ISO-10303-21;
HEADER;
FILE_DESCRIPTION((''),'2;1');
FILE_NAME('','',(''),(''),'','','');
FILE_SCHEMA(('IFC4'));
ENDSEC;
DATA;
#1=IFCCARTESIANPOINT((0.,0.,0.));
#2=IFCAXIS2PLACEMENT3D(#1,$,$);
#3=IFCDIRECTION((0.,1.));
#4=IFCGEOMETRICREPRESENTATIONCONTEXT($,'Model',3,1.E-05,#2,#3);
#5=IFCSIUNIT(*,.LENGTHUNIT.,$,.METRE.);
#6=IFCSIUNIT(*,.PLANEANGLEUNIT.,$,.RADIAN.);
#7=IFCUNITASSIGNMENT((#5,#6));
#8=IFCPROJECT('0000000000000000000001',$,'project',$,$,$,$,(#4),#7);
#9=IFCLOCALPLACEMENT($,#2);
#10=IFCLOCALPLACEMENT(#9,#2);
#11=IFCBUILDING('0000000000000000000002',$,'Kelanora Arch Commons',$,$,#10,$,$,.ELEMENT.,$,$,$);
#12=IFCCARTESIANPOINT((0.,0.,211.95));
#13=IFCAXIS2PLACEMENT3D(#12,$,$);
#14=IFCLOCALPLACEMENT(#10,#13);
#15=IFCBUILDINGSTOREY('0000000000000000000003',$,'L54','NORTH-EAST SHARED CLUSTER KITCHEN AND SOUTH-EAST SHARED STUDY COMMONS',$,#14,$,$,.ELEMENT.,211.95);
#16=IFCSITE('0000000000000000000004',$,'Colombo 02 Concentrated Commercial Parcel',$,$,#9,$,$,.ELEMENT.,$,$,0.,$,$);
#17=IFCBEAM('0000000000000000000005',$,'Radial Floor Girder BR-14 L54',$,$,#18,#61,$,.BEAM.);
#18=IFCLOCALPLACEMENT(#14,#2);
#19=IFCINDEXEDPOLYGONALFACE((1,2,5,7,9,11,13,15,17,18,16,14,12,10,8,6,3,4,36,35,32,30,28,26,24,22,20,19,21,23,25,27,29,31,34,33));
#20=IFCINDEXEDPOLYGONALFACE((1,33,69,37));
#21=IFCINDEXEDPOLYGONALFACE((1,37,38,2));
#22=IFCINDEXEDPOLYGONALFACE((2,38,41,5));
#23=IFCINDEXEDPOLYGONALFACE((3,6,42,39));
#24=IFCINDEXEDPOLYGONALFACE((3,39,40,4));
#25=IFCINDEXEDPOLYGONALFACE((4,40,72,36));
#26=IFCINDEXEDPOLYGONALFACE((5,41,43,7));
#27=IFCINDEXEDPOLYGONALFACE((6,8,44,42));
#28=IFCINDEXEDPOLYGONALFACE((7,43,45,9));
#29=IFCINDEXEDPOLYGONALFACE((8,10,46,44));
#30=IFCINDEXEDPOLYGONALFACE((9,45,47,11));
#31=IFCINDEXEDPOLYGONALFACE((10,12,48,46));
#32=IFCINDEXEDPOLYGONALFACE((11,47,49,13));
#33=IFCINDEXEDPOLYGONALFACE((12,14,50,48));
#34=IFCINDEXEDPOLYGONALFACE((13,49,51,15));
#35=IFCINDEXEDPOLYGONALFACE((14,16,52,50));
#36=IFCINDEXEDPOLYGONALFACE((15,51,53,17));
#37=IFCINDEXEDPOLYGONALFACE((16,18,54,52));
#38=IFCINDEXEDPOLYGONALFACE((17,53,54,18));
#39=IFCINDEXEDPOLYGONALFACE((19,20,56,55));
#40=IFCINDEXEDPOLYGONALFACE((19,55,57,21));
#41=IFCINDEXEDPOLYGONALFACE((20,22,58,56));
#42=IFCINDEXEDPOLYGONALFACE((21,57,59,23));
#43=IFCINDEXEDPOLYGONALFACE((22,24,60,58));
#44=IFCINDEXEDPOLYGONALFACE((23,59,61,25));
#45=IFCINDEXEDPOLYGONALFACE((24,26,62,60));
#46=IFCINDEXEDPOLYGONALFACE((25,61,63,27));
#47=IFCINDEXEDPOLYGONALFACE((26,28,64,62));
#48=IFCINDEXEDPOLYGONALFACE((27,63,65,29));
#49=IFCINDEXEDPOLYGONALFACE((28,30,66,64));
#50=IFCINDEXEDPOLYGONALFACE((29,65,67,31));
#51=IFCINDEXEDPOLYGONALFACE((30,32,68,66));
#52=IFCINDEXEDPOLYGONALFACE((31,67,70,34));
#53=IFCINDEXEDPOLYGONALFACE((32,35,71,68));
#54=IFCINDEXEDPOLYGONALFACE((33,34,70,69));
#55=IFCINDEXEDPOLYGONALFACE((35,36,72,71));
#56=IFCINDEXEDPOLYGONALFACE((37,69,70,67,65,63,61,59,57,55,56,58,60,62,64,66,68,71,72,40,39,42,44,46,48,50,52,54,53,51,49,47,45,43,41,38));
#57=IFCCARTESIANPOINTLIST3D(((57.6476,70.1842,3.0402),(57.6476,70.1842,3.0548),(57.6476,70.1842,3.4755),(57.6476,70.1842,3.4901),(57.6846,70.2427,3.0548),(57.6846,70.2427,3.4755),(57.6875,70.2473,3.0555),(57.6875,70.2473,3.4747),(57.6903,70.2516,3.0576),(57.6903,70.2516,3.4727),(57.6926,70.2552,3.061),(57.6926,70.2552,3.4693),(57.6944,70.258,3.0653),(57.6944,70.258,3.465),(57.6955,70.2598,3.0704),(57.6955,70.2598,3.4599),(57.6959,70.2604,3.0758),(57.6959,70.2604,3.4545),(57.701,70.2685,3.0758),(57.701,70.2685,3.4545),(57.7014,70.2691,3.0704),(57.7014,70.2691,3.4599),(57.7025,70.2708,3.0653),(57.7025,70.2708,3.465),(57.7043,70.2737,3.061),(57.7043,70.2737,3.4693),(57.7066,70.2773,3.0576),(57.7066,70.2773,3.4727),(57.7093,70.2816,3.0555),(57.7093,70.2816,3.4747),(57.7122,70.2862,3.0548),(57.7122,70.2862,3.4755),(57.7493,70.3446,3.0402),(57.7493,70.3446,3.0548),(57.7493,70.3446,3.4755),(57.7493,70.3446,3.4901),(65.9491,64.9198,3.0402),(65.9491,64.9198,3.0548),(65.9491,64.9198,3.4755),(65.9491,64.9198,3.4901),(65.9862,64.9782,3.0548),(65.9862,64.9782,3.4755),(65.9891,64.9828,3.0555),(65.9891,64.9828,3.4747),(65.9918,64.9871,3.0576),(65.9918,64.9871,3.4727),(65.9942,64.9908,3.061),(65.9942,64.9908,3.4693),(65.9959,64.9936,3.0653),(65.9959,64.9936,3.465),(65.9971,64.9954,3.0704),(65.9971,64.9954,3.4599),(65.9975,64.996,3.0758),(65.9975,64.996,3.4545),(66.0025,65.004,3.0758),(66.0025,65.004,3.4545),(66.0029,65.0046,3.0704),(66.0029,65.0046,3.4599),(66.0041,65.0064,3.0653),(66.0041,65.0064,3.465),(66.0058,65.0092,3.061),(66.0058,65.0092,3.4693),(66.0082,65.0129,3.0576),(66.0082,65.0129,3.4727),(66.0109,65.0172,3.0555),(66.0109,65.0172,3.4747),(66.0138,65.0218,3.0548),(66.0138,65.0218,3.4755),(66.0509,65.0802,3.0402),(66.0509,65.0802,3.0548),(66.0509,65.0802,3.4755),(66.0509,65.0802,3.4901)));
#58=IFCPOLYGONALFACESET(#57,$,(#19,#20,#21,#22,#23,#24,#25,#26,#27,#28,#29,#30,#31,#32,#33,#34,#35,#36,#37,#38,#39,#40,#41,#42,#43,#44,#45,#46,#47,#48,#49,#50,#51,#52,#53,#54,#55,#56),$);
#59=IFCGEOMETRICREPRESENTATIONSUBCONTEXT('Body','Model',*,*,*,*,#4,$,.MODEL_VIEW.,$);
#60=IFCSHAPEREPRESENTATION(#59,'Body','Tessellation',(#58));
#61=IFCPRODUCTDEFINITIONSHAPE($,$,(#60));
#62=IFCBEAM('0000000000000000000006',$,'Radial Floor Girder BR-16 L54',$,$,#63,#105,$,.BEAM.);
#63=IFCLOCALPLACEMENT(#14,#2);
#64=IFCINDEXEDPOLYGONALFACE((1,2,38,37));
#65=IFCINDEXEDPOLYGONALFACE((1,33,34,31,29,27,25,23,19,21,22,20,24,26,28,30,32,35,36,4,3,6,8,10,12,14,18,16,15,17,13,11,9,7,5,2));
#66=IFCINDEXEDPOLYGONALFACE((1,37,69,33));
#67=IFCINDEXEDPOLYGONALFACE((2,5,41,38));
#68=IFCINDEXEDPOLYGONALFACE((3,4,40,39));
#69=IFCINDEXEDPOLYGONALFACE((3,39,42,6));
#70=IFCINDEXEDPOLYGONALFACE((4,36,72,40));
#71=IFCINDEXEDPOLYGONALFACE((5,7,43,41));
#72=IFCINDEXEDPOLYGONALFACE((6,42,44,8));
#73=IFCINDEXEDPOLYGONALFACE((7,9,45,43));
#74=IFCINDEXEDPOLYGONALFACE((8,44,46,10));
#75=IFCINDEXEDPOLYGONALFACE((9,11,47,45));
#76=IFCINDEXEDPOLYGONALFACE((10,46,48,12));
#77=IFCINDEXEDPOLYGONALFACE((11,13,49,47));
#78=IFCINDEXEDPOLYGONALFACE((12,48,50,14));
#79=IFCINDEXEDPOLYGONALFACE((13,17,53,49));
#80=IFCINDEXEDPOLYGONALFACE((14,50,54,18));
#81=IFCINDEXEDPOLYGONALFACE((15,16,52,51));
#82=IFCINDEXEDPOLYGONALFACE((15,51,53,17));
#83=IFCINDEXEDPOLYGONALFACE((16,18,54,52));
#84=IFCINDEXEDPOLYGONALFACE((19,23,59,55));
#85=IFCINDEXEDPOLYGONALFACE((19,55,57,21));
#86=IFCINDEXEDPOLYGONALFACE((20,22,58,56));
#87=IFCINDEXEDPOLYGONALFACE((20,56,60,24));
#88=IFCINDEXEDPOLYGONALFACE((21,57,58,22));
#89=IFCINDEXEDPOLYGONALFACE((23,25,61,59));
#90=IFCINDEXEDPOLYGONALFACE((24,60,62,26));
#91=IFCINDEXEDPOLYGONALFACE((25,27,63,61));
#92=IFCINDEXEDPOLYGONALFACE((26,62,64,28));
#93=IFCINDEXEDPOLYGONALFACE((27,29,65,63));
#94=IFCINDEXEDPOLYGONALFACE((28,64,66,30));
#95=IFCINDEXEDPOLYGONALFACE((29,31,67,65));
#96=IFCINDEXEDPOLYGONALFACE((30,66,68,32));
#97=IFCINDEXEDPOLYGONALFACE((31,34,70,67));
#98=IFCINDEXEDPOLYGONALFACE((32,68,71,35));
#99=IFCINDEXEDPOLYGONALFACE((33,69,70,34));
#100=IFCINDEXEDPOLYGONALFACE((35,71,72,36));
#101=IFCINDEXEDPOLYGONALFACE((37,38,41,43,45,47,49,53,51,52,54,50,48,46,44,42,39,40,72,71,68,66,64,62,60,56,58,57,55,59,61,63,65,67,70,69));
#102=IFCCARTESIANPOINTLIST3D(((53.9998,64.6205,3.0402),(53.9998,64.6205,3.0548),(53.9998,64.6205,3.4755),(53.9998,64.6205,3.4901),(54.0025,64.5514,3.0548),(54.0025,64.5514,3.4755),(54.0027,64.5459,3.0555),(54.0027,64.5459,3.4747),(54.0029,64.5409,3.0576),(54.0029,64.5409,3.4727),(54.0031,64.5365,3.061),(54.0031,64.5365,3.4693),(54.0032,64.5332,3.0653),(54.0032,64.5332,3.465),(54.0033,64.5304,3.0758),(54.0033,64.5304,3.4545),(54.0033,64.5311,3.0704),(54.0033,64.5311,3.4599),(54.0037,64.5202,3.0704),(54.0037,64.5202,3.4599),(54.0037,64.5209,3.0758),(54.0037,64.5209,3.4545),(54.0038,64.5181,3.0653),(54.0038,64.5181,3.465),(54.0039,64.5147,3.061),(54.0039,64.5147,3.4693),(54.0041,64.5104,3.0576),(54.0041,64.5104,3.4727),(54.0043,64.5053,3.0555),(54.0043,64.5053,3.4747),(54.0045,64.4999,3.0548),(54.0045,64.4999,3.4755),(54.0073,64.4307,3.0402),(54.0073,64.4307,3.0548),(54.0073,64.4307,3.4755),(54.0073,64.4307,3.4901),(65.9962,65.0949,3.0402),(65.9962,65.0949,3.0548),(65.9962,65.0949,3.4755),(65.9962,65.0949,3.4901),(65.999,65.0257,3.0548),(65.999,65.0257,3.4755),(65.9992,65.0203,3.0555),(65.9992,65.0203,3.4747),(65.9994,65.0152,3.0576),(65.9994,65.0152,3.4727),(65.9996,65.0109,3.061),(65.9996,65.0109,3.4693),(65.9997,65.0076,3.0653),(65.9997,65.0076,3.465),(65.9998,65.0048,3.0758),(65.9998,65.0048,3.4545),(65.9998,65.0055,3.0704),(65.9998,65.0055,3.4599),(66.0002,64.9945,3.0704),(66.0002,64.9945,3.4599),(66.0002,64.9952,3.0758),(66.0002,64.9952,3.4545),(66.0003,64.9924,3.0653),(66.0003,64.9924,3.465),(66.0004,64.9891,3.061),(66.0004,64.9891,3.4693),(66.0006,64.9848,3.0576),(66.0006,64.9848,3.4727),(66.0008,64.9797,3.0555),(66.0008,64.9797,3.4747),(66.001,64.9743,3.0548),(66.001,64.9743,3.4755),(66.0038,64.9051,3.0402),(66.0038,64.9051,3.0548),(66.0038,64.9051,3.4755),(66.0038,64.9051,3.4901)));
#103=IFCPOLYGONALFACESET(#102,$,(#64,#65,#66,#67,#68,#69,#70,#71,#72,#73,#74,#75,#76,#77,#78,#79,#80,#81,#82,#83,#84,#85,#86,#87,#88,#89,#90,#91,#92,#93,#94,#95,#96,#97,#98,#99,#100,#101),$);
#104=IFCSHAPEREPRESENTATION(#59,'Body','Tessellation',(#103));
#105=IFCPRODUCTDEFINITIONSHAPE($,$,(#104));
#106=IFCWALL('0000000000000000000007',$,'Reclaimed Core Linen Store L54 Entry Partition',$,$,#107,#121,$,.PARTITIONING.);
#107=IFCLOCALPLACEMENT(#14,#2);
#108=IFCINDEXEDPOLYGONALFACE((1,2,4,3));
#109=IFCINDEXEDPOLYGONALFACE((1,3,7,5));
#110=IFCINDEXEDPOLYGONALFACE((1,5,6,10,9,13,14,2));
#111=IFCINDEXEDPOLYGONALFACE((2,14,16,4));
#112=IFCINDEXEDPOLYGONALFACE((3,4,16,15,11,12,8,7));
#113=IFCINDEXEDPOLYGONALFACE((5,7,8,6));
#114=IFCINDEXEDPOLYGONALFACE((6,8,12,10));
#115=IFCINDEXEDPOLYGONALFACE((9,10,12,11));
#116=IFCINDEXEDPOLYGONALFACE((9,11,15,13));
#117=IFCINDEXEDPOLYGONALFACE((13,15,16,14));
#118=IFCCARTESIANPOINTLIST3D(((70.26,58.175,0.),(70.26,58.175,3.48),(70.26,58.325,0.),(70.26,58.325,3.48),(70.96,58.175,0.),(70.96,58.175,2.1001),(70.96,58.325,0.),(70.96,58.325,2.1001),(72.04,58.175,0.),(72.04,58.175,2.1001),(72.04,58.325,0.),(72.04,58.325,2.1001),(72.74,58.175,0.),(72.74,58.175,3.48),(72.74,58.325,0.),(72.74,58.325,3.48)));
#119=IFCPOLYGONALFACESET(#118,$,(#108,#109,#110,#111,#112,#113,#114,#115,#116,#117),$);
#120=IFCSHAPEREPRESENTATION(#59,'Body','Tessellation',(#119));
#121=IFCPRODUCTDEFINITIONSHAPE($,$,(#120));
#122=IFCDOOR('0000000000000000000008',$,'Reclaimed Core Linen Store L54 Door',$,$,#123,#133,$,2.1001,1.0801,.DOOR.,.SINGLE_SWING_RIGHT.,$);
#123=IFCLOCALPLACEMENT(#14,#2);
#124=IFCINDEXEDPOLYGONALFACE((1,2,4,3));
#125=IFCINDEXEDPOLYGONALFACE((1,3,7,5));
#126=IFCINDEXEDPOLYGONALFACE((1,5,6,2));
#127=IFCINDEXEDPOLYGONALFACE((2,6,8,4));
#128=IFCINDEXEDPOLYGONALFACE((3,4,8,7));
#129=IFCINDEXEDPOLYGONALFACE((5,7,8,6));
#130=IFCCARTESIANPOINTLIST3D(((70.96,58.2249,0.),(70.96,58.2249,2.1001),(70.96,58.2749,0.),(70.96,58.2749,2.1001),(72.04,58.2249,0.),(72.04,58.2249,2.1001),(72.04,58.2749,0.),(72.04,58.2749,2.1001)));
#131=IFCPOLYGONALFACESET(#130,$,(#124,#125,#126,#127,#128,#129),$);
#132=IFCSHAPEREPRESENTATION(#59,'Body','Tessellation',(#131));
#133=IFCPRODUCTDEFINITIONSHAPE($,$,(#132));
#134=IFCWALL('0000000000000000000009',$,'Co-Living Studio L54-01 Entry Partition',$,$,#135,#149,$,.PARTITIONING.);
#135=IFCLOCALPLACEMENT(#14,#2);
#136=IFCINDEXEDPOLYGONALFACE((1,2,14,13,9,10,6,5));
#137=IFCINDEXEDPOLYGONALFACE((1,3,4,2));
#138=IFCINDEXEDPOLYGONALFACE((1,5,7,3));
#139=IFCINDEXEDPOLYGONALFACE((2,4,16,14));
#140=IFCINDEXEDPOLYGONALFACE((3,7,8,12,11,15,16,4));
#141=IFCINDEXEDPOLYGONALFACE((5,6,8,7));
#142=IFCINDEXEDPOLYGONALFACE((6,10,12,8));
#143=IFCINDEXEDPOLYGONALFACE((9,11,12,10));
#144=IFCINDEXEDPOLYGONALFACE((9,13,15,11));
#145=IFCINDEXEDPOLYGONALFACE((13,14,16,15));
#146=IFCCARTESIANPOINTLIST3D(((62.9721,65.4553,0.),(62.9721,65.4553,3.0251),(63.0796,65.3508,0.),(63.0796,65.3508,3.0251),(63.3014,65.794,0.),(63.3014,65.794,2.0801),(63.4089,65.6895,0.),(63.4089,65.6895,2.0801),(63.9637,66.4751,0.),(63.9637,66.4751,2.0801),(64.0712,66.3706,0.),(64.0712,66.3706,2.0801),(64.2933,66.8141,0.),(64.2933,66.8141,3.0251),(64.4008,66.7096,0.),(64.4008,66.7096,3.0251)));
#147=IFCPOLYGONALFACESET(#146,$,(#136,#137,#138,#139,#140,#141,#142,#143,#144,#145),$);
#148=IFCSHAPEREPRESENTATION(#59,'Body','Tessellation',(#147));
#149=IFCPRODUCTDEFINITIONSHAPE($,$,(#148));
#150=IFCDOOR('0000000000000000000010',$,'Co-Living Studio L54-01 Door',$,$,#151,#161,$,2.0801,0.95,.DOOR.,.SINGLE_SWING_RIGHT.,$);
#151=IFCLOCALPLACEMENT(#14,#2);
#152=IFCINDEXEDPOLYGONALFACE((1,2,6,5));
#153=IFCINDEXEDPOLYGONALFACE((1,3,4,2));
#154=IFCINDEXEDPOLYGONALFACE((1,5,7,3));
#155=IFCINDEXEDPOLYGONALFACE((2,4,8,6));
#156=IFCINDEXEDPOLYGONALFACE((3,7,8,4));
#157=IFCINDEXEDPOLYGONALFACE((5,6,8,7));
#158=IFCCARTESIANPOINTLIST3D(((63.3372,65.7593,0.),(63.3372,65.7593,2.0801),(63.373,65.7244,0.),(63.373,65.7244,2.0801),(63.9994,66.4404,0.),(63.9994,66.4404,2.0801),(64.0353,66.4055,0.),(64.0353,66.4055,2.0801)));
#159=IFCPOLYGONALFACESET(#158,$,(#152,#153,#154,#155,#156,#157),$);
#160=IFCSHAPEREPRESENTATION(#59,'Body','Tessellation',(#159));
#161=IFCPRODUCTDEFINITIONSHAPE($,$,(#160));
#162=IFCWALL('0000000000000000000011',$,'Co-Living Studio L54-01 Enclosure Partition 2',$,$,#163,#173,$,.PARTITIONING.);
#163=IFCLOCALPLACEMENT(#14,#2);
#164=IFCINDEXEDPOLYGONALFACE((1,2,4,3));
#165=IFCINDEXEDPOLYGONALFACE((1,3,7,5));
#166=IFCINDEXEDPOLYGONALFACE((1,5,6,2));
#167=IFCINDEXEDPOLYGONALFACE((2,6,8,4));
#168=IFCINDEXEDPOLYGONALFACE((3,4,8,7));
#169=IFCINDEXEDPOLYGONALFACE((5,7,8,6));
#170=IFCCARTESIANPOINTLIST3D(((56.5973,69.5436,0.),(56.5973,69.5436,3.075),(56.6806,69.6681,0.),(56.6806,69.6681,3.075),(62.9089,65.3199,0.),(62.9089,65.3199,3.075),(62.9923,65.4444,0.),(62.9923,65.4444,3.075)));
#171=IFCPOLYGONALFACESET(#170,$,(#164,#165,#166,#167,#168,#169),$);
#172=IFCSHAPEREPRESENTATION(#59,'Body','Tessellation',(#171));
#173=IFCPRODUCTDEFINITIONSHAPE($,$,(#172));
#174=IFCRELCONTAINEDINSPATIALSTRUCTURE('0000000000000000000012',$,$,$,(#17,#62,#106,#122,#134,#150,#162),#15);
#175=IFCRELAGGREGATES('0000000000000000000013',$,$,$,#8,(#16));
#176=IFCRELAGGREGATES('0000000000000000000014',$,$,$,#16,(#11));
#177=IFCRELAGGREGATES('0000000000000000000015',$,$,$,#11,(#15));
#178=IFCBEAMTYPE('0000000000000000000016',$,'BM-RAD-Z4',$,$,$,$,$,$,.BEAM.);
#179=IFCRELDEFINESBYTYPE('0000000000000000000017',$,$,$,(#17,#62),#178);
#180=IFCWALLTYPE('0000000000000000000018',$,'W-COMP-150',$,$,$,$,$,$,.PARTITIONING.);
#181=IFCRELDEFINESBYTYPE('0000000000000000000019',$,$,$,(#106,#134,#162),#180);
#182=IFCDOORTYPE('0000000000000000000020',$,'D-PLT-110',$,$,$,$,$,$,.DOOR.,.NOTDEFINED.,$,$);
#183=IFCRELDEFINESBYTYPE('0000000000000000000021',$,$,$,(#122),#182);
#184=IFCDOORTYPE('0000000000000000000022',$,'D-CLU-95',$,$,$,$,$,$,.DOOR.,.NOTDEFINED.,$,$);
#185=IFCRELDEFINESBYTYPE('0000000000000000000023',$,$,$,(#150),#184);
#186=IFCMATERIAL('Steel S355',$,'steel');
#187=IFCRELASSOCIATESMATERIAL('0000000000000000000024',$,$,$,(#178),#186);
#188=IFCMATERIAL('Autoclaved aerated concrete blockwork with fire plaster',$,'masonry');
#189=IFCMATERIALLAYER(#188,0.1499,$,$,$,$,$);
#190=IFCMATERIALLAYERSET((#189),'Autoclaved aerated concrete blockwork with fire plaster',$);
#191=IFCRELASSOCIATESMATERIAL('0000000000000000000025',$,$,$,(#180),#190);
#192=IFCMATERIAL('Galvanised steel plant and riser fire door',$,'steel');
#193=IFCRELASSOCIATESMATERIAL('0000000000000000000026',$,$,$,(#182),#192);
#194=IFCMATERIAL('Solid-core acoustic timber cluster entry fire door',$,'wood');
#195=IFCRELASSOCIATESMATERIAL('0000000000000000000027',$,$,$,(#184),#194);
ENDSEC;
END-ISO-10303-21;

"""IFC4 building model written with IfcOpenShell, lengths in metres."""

from ifc_helpers import new_model, si_unit, direction, frame, frame_2d, origin, origin_2d, place, context, subcontext, project, spatial, rectangle, i_section, extrude, material, layer, layer_set, material_profile, profile_set, type_object, element, fill, save


model = new_model("IFC4")

# Units and contexts
model_context = context("Model", 3, precision=1e-05, world=origin(), true_north=direction((0.0, 1.0)))
body_context = subcontext(model_context, "Body", "Model", "MODEL_VIEW")
ifc_project = project(units=[si_unit("LENGTHUNIT", "METRE"), si_unit("PLANEANGLEUNIT", "RADIAN")], contexts=[model_context])

# Site, building, storey
site_placement = place(None, origin())
site = spatial("IfcSite", under=ifc_project, at=site_placement, Name="Colombo 02 Concentrated Commercial Parcel", CompositionType="ELEMENT", RefElevation=0.0)
building_placement = place(site_placement, origin())
building = spatial("IfcBuilding", under=site, at=building_placement, Name="Kelanora Arch Commons", CompositionType="ELEMENT")
storey_placement = place(building_placement, frame((0.0, 0.0, 211.95)))
storey = spatial("IfcBuildingStorey", under=building, at=storey_placement, Name="L54", Description="NORTH-EAST SHARED CLUSTER KITCHEN AND SOUTH-EAST SHARED STUDY COMMONS", CompositionType="ELEMENT", Elevation=211.95)

# Beams
ifc_material_1 = material(Name="Steel S355", Category="steel")
ifc_material_profile_1 = material_profile(ifc_material_1, i_section(OverallWidth=0.1899, OverallDepth=0.45, WebThickness=0.0095, FlangeThickness=0.0146, FilletRadius=0.021, at=origin_2d()), Name="IPE450")
ifc_profile_set_1 = profile_set([ifc_material_profile_1], Name="Steel S355")
beam_type_1 = type_object("IfcBeamType", Name="BM-RAD-Z4", PredefinedType="BEAM", material=ifc_profile_set_1)
beam_1_placement = place(storey_placement, frame((66.0, 65.0, 3.2651), z_axis=(-0.844507, 0.535544, 0.0), x_axis=(-0.535544, -0.844507, 0.0)))
element("IfcBeam", 1, at=beam_1_placement, inside=storey, type_object=beam_type_1, Name="Radial Floor Girder BR-14 L54", PredefinedType="BEAM", context=body_context, shape_type="SweptSolid", body=[
    extrude(i_section(OverallWidth=0.1899, OverallDepth=0.45, WebThickness=0.0095, FlangeThickness=0.0146, FilletRadius=0.021, at=origin_2d()), origin(), (0.0, 0.0, 1.0), 9.8301),
])
beam_2_placement = place(storey_placement, frame((66.0, 65.0, 3.2651), z_axis=(-0.999219, -0.039511, 0.0), x_axis=(0.039511, -0.999219, 0.0)))
element("IfcBeam", 2, at=beam_2_placement, inside=storey, type_object=beam_type_1, Name="Radial Floor Girder BR-16 L54", PredefinedType="BEAM", context=body_context, shape_type="SweptSolid", body=[
    extrude(i_section(OverallWidth=0.1899, OverallDepth=0.45, WebThickness=0.0095, FlangeThickness=0.0146, FilletRadius=0.021, at=origin_2d()), origin(), (0.0, 0.0, 1.0), 12.0059),
])

# Walls, openings, doors
ifc_material_2 = material(Name="Autoclaved aerated concrete blockwork with fire plaster", Category="masonry")
ifc_layer_1 = layer(ifc_material_2, 0.1499)
ifc_layer_set_1 = layer_set([ifc_layer_1], Name="Autoclaved aerated concrete blockwork with fire plaster")
wall_type_1 = type_object("IfcWallType", Name="W-COMP-150", PredefinedType="PARTITIONING", material=ifc_layer_set_1)
wall_1_placement = place(storey_placement, frame((70.26, 58.25, 0.0), z_axis=(0.0, 0.0, 1.0), x_axis=(1.0, 0.0, 0.0)))
wall_1 = element("IfcWall", 3, at=wall_1_placement, inside=storey, type_object=wall_type_1, Name="Reclaimed Core Linen Store L54 Entry Partition", PredefinedType="PARTITIONING", context=body_context, shape_type="SweptSolid", body=[
    extrude(rectangle(XDim=2.48, YDim=0.1499, at=frame_2d((1.24, 0.0))), origin(), (0.0, 0.0, 1.0), 3.48),
])
opening_1_placement = place(wall_1_placement, frame((0.7, 0.0, 0.0)))
opening_1 = element("IfcOpeningElement", 4, at=opening_1_placement, cuts=wall_1, PredefinedType="OPENING", context=body_context, shape_type="SweptSolid", body=[
    extrude(rectangle(XDim=1.0801, YDim=2.1001, at=frame_2d((0.54, 1.05))), frame((0.0, 0.085, 0.0), z_axis=(0.0, -1.0, 0.0), x_axis=(1.0, 0.0, 0.0)), (0.0, 0.0, 1.0), 0.1699),
])
ifc_material_3 = material(Name="Galvanised steel plant and riser fire door", Category="steel")
door_type_1 = type_object("IfcDoorType", Name="D-PLT-110", OperationType="NOTDEFINED", PredefinedType="DOOR", material=ifc_material_3)
door_1_placement = place(opening_1_placement, origin())
door_1 = element("IfcDoor", 5, at=door_1_placement, inside=storey, type_object=door_type_1, Name="Reclaimed Core Linen Store L54 Door", OperationType="SINGLE_SWING_RIGHT", OverallHeight=2.1001, OverallWidth=1.0801, PredefinedType="DOOR", context=body_context, shape_type="SweptSolid", body=[
    extrude(rectangle(XDim=1.0801, YDim=2.1001, at=frame_2d((0.54, 1.05))), frame((0.0, 0.0249, 0.0), z_axis=(0.0, -1.0, 0.0), x_axis=(1.0, 0.0, 0.0)), (0.0, 0.0, 1.0), 0.05),
])
fill(opening_1, door_1)
wall_2_placement = place(storey_placement, frame((64.3472, 66.762, 0.0), z_axis=(0.0, 0.0, 1.0), x_axis=(-0.697119, -0.716956, 0.0)))
wall_2 = element("IfcWall", 6, at=wall_2_placement, inside=storey, type_object=wall_type_1, Name="Co-Living Studio L54-01 Entry Partition", PredefinedType="PARTITIONING", context=body_context, shape_type="SweptSolid", body=[
    extrude(rectangle(XDim=1.8953, YDim=0.1499, at=frame_2d((0.9478, 0.0))), origin(), (0.0, 0.0, 1.0), 3.0251),
])
opening_2_placement = place(wall_2_placement, frame((0.4729, 0.0, 0.0)))
opening_2 = element("IfcOpeningElement", 7, at=opening_2_placement, cuts=wall_2, PredefinedType="OPENING", context=body_context, shape_type="SweptSolid", body=[
    extrude(rectangle(XDim=0.95, YDim=2.0801, at=frame_2d((0.4751, 1.04))), frame((0.0, 0.085, 0.0), z_axis=(0.0, -1.0, 0.0), x_axis=(1.0, 0.0, 0.0)), (0.0, 0.0, 1.0), 0.1699),
])
ifc_material_4 = material(Name="Solid-core acoustic timber cluster entry fire door", Category="wood")
door_type_2 = type_object("IfcDoorType", Name="D-CLU-95", OperationType="NOTDEFINED", PredefinedType="DOOR", material=ifc_material_4)
door_2_placement = place(opening_2_placement, origin())
door_2 = element("IfcDoor", 8, at=door_2_placement, inside=storey, type_object=door_type_2, Name="Co-Living Studio L54-01 Door", OperationType="SINGLE_SWING_RIGHT", OverallHeight=2.0801, OverallWidth=0.95, PredefinedType="DOOR", context=body_context, shape_type="SweptSolid", body=[
    extrude(rectangle(XDim=0.95, YDim=2.0801, at=frame_2d((0.4751, 1.04))), frame((0.0, 0.0249, 0.0), z_axis=(0.0, -1.0, 0.0), x_axis=(1.0, 0.0, 0.0)), (0.0, 0.0, 1.0), 0.05),
])
fill(opening_2, door_2)

# Wall
wall_3_placement = place(storey_placement, frame((62.9507, 65.3821, 0.0), z_axis=(0.0, 0.0, 1.0), x_axis=(-0.83108, 0.556153, 0.0)))
element("IfcWall", 9, at=wall_3_placement, inside=storey, type_object=wall_type_1, Name="Co-Living Studio L54-01 Enclosure Partition 2", PredefinedType="PARTITIONING", context=body_context, shape_type="SweptSolid", body=[
    extrude(rectangle(XDim=7.5945, YDim=0.1499, at=frame_2d((3.7974, 0.0))), origin(), (0.0, 0.0, 1.0), 3.075),
])

save(model, "model.ifc")
